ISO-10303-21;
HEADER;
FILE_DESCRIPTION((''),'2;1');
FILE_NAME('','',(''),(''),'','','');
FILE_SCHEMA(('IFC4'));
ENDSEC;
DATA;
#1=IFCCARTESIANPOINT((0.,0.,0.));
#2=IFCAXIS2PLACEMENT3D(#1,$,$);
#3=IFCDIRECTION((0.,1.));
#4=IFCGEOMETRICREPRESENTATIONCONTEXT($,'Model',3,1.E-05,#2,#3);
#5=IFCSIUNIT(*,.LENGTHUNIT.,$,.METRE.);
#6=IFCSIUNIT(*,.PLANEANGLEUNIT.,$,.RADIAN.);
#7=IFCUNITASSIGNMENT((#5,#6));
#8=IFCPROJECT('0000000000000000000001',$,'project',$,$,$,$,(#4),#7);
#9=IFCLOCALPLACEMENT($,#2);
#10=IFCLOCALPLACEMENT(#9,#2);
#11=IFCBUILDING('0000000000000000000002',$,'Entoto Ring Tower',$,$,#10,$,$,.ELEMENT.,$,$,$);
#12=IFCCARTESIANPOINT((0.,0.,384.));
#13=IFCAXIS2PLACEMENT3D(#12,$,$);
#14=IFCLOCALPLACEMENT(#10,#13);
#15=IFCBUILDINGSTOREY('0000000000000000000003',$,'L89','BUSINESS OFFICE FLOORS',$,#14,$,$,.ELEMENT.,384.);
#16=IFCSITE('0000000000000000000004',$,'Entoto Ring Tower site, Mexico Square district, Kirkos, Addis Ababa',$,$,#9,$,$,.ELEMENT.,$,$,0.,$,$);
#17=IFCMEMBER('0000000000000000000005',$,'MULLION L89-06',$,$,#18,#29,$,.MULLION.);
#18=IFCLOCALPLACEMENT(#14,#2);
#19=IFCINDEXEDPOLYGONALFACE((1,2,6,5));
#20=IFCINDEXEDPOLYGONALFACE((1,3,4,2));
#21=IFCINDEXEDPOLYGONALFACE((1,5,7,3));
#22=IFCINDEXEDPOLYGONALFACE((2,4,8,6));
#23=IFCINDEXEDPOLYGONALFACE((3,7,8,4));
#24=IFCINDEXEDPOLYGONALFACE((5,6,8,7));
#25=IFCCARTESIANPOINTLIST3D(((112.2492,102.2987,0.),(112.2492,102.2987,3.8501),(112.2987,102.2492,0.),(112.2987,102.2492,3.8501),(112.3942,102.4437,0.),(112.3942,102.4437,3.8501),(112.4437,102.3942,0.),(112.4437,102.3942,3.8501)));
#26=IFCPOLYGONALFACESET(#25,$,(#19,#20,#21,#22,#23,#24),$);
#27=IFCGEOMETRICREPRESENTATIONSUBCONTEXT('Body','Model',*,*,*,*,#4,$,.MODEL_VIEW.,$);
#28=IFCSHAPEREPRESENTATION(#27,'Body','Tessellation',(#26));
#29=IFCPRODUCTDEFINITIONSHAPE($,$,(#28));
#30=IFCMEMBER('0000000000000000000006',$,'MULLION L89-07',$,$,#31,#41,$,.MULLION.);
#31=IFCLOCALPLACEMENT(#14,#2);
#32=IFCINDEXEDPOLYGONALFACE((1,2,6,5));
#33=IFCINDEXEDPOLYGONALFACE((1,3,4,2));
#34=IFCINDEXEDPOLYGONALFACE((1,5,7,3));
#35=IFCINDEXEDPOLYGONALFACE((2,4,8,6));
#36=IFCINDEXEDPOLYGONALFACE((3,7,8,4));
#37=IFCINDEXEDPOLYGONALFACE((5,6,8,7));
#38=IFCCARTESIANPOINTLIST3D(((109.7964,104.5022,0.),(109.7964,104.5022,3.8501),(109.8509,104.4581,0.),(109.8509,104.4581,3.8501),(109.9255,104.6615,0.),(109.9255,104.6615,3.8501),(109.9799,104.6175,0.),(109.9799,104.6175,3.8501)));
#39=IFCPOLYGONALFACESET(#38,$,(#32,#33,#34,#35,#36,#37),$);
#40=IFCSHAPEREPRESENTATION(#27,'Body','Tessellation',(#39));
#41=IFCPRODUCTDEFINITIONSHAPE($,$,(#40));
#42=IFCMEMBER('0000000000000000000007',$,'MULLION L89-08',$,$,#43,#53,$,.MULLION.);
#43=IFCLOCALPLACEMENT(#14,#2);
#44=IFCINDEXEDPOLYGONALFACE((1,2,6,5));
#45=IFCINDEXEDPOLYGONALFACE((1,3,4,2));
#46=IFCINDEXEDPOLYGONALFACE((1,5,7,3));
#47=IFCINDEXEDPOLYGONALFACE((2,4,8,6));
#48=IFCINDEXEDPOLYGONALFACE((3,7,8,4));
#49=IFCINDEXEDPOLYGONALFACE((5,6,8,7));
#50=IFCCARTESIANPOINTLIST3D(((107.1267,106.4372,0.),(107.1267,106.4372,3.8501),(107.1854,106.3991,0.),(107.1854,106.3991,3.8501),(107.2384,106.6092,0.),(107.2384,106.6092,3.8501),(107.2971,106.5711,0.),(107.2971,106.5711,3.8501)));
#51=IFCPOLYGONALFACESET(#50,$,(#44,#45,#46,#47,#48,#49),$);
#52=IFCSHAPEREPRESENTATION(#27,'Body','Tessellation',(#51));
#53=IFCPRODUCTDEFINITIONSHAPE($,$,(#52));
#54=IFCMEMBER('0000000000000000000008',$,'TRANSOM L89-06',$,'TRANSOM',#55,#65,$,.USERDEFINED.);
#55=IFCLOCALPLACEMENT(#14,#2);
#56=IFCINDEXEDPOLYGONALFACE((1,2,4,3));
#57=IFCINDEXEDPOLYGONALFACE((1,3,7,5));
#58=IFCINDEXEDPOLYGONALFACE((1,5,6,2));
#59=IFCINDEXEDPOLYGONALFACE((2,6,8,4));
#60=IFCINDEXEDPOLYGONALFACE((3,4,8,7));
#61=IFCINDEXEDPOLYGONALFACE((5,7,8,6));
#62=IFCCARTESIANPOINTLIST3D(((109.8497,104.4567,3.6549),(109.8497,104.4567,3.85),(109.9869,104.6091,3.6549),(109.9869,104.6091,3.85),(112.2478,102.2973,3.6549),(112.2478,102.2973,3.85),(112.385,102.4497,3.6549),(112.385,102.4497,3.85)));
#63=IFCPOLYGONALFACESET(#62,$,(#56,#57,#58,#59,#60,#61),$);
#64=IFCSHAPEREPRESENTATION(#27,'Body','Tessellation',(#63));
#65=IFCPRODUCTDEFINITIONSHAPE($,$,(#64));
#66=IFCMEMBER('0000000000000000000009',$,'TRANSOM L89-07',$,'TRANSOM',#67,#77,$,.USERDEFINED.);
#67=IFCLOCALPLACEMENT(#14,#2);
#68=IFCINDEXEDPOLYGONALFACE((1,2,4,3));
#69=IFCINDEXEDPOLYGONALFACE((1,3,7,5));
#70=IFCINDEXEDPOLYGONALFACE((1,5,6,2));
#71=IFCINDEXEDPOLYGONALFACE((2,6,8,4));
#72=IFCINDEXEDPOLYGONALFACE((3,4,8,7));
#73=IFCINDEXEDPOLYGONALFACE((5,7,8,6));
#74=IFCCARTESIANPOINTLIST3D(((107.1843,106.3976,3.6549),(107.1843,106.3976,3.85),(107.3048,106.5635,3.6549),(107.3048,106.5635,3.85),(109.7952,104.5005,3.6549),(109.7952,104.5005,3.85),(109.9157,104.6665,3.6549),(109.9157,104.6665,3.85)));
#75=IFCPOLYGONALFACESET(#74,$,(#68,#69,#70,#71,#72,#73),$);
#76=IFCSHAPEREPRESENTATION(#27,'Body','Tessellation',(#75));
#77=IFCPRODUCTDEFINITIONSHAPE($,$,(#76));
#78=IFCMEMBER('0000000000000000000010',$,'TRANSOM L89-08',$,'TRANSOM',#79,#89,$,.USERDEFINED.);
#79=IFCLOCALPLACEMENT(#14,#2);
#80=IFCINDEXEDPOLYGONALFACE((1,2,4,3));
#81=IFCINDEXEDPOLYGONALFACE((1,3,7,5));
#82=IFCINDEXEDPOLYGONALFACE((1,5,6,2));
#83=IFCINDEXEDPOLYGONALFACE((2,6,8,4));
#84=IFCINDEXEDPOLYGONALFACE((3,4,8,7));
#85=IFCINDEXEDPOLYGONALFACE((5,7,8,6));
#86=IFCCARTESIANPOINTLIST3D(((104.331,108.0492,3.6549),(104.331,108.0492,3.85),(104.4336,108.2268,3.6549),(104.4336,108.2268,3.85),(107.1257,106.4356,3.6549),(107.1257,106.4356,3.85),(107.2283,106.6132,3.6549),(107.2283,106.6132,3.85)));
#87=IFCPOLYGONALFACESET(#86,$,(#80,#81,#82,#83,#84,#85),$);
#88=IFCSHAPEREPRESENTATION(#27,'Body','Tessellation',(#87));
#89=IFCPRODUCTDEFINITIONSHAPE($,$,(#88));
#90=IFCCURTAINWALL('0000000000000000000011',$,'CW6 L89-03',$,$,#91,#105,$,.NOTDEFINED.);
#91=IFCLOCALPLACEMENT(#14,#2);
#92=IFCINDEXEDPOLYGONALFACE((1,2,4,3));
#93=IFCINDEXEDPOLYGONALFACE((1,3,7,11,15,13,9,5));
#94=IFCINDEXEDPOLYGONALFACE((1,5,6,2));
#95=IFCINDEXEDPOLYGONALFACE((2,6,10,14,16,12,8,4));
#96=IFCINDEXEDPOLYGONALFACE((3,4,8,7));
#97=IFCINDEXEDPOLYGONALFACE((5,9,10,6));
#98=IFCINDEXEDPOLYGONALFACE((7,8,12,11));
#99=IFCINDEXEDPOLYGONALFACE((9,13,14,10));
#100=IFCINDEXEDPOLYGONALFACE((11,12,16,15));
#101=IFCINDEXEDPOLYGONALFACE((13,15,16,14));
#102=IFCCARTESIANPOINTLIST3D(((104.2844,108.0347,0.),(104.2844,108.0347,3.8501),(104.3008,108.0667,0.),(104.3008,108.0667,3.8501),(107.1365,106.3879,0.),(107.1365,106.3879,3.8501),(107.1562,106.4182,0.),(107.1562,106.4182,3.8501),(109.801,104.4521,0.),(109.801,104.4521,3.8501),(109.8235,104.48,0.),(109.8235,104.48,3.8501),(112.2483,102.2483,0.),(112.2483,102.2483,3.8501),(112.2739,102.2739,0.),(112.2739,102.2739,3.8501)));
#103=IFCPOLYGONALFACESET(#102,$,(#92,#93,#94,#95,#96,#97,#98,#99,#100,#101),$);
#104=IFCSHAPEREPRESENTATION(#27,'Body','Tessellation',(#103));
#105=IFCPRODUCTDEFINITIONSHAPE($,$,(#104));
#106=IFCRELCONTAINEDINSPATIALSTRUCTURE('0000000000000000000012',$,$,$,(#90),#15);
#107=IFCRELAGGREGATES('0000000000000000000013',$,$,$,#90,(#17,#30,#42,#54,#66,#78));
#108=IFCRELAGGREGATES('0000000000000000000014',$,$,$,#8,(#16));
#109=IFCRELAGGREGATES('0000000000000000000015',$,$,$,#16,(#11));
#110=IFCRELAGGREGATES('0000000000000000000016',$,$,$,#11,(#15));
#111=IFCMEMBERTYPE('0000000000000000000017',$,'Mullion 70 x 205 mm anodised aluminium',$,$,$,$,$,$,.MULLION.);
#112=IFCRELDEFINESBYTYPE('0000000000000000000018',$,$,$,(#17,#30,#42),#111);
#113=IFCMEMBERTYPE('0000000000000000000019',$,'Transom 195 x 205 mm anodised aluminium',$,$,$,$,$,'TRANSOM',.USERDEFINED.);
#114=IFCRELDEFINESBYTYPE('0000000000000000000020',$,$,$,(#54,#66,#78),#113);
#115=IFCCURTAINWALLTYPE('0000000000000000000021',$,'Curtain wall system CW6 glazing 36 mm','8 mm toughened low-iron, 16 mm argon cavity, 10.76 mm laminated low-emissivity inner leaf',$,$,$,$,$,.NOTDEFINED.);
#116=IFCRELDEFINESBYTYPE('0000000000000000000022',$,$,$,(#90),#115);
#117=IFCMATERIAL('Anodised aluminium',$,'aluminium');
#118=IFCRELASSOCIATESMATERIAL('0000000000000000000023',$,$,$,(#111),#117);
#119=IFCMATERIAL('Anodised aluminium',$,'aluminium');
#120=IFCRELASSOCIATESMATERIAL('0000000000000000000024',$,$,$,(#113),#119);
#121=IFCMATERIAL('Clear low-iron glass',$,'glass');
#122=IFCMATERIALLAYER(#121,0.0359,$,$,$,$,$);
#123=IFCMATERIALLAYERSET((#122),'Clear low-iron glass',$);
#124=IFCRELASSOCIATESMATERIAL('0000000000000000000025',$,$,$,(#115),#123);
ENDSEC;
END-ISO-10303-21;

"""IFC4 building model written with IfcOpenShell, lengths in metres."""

from ifc_helpers import new_model, si_unit, direction, frame, origin, origin_2d, place, context, subcontext, project, spatial, polyline, rectangle, outline, extrude, material, layer, layer_set, material_profile, profile_set, type_object, element, aggregate, save


model = new_model("IFC4")

# Units and contexts
model_context = context("Model", 3, precision=1e-05, world=origin(), true_north=direction((0.0, 1.0)))
body_context = subcontext(model_context, "Body", "Model", "MODEL_VIEW")
ifc_project = project(units=[si_unit("LENGTHUNIT", "METRE"), si_unit("PLANEANGLEUNIT", "RADIAN")], contexts=[model_context])

# Members
ifc_material_1 = material(Name="Anodised aluminium", Category="aluminium")
ifc_material_profile_1 = material_profile(ifc_material_1, rectangle(XDim=0.0701, YDim=0.2051, at=origin_2d()), Name="Mullion 70 x 205 mm anodised aluminium")
ifc_profile_set_1 = profile_set([ifc_material_profile_1], Name="Anodised aluminium")
member_type_1 = type_object("IfcMemberType", Name="Mullion 70 x 205 mm anodised aluminium", PredefinedType="MULLION", material=ifc_profile_set_1)
site_placement = place(None, origin())
building_placement = place(site_placement, origin())
storey_placement = place(building_placement, frame((0.0, 0.0, 384.0)))
member_1_placement = place(storey_placement, frame((112.3464, 102.3464, 0.0), z_axis=(0.0, 0.0, 1.0), x_axis=(-0.707107, 0.707107, 0.0)))
member_1 = element("IfcMember", 1, at=member_1_placement, type_object=member_type_1, Name="MULLION L89-06", PredefinedType="MULLION", context=body_context, shape_type="SweptSolid", body=[
    extrude(rectangle(XDim=0.0701, YDim=0.2051, at=origin_2d()), origin(), (0.0, 0.0, 1.0), 3.8501),
])
member_2_placement = place(storey_placement, frame((109.8882, 104.5598, 0.0), z_axis=(0.0, 0.0, 1.0), x_axis=(-0.777146, 0.62932, 0.0)))
member_2 = element("IfcMember", 2, at=member_2_placement, type_object=member_type_1, Name="MULLION L89-07", PredefinedType="MULLION", context=body_context, shape_type="SweptSolid", body=[
    extrude(rectangle(XDim=0.0701, YDim=0.2051, at=origin_2d()), origin(), (0.0, 0.0, 1.0), 3.8501),
])
member_3_placement = place(storey_placement, frame((107.2119, 106.5042, 0.0), z_axis=(0.0, 0.0, 1.0), x_axis=(-0.838671, 0.544639, 0.0)))
member_3 = element("IfcMember", 3, at=member_3_placement, type_object=member_type_1, Name="MULLION L89-08", PredefinedType="MULLION", context=body_context, shape_type="SweptSolid", body=[
    extrude(rectangle(XDim=0.0701, YDim=0.2051, at=origin_2d()), origin(), (0.0, 0.0, 1.0), 3.8501),
])
ifc_material_2 = material(Name="Anodised aluminium", Category="aluminium")
ifc_material_profile_2 = material_profile(ifc_material_2, rectangle(XDim=0.2051, YDim=0.1951, at=origin_2d()), Name="Transom 195 x 205 mm anodised aluminium")
ifc_profile_set_2 = profile_set([ifc_material_profile_2], Name="Anodised aluminium")
member_type_2 = type_object("IfcMemberType", Name="Transom 195 x 205 mm anodised aluminium", ElementType="TRANSOM", PredefinedType="USERDEFINED", material=ifc_profile_set_2)
member_4_placement = place(storey_placement, frame((112.3164, 102.3735, 3.7524), z_axis=(-0.743132, 0.669144, 0.0), x_axis=(-0.669144, -0.743132, 0.0)))
member_4 = element("IfcMember", 4, at=member_4_placement, type_object=member_type_2, Name="TRANSOM L89-06", ObjectType="TRANSOM", PredefinedType="USERDEFINED", context=body_context, shape_type="SweptSolid", body=[
    extrude(rectangle(XDim=0.2051, YDim=0.1951, at=origin_2d()), origin(), (0.0, 0.0, 1.0), 3.2271),
])
member_5_placement = place(storey_placement, frame((109.8555, 104.5835, 3.7524), z_axis=(-0.809004, 0.587803, 0.0), x_axis=(-0.587803, -0.809004, 0.0)))
member_5 = element("IfcMember", 5, at=member_5_placement, type_object=member_type_2, Name="TRANSOM L89-07", ObjectType="TRANSOM", PredefinedType="USERDEFINED", context=body_context, shape_type="SweptSolid", body=[
    extrude(rectangle(XDim=0.2051, YDim=0.1951, at=origin_2d()), origin(), (0.0, 0.0, 1.0), 3.2273),
])
member_6_placement = place(storey_placement, frame((107.177, 106.5244, 3.7524), z_axis=(-0.866023, 0.500004, 0.0), x_axis=(-0.500004, -0.866023, 0.0)))
member_6 = element("IfcMember", 6, at=member_6_placement, type_object=member_type_2, Name="TRANSOM L89-08", ObjectType="TRANSOM", PredefinedType="USERDEFINED", context=body_context, shape_type="SweptSolid", body=[
    extrude(rectangle(XDim=0.2051, YDim=0.1951, at=origin_2d()), origin(), (0.0, 0.0, 1.0), 3.2271),
])

# Site, building, storey
site = spatial("IfcSite", under=ifc_project, at=site_placement, Name="Entoto Ring Tower site, Mexico Square district, Kirkos, Addis Ababa", CompositionType="ELEMENT", RefElevation=0.0)
building = spatial("IfcBuilding", under=site, at=building_placement, Name="Entoto Ring Tower", CompositionType="ELEMENT")
storey = spatial("IfcBuildingStorey", under=building, at=storey_placement, Name="L89", Description="BUSINESS OFFICE FLOORS", CompositionType="ELEMENT", Elevation=384.0)

# Curtain wall
ifc_material_3 = material(Name="Clear low-iron glass", Category="glass")
ifc_layer = layer(ifc_material_3, 0.0359)
ifc_layer_set = layer_set([ifc_layer], Name="Clear low-iron glass")
curtain_wall_type = type_object("IfcCurtainWallType", Name="Curtain wall system CW6 glazing 36 mm", Description="8 mm toughened low-iron, 16 mm argon cavity, 10.76 mm laminated low-emissivity inner leaf", PredefinedType="NOTDEFINED", material=ifc_layer_set)
curtain_wall_1_placement = place(storey_placement, origin())
curtain_wall_1 = element("IfcCurtainWall", 7, at=curtain_wall_1_placement, inside=storey, type_object=curtain_wall_type, Name="CW6 L89-03", PredefinedType="NOTDEFINED", context=body_context, shape_type="SweptSolid", body=[
    extrude(outline(polyline([(112.2739, 102.2739), (109.8235, 104.48), (107.1562, 106.4182), (104.3008, 108.0667), (104.2844, 108.0347), (107.1365, 106.3879), (109.801, 104.4521), (112.2483, 102.2483), (112.2739, 102.2739)])), origin(), (0.0, 0.0, 1.0), 3.8501),
])
aggregate(curtain_wall_1, [member_1, member_2, member_3, member_4, member_5, member_6])

save(model, "model.ifc")
